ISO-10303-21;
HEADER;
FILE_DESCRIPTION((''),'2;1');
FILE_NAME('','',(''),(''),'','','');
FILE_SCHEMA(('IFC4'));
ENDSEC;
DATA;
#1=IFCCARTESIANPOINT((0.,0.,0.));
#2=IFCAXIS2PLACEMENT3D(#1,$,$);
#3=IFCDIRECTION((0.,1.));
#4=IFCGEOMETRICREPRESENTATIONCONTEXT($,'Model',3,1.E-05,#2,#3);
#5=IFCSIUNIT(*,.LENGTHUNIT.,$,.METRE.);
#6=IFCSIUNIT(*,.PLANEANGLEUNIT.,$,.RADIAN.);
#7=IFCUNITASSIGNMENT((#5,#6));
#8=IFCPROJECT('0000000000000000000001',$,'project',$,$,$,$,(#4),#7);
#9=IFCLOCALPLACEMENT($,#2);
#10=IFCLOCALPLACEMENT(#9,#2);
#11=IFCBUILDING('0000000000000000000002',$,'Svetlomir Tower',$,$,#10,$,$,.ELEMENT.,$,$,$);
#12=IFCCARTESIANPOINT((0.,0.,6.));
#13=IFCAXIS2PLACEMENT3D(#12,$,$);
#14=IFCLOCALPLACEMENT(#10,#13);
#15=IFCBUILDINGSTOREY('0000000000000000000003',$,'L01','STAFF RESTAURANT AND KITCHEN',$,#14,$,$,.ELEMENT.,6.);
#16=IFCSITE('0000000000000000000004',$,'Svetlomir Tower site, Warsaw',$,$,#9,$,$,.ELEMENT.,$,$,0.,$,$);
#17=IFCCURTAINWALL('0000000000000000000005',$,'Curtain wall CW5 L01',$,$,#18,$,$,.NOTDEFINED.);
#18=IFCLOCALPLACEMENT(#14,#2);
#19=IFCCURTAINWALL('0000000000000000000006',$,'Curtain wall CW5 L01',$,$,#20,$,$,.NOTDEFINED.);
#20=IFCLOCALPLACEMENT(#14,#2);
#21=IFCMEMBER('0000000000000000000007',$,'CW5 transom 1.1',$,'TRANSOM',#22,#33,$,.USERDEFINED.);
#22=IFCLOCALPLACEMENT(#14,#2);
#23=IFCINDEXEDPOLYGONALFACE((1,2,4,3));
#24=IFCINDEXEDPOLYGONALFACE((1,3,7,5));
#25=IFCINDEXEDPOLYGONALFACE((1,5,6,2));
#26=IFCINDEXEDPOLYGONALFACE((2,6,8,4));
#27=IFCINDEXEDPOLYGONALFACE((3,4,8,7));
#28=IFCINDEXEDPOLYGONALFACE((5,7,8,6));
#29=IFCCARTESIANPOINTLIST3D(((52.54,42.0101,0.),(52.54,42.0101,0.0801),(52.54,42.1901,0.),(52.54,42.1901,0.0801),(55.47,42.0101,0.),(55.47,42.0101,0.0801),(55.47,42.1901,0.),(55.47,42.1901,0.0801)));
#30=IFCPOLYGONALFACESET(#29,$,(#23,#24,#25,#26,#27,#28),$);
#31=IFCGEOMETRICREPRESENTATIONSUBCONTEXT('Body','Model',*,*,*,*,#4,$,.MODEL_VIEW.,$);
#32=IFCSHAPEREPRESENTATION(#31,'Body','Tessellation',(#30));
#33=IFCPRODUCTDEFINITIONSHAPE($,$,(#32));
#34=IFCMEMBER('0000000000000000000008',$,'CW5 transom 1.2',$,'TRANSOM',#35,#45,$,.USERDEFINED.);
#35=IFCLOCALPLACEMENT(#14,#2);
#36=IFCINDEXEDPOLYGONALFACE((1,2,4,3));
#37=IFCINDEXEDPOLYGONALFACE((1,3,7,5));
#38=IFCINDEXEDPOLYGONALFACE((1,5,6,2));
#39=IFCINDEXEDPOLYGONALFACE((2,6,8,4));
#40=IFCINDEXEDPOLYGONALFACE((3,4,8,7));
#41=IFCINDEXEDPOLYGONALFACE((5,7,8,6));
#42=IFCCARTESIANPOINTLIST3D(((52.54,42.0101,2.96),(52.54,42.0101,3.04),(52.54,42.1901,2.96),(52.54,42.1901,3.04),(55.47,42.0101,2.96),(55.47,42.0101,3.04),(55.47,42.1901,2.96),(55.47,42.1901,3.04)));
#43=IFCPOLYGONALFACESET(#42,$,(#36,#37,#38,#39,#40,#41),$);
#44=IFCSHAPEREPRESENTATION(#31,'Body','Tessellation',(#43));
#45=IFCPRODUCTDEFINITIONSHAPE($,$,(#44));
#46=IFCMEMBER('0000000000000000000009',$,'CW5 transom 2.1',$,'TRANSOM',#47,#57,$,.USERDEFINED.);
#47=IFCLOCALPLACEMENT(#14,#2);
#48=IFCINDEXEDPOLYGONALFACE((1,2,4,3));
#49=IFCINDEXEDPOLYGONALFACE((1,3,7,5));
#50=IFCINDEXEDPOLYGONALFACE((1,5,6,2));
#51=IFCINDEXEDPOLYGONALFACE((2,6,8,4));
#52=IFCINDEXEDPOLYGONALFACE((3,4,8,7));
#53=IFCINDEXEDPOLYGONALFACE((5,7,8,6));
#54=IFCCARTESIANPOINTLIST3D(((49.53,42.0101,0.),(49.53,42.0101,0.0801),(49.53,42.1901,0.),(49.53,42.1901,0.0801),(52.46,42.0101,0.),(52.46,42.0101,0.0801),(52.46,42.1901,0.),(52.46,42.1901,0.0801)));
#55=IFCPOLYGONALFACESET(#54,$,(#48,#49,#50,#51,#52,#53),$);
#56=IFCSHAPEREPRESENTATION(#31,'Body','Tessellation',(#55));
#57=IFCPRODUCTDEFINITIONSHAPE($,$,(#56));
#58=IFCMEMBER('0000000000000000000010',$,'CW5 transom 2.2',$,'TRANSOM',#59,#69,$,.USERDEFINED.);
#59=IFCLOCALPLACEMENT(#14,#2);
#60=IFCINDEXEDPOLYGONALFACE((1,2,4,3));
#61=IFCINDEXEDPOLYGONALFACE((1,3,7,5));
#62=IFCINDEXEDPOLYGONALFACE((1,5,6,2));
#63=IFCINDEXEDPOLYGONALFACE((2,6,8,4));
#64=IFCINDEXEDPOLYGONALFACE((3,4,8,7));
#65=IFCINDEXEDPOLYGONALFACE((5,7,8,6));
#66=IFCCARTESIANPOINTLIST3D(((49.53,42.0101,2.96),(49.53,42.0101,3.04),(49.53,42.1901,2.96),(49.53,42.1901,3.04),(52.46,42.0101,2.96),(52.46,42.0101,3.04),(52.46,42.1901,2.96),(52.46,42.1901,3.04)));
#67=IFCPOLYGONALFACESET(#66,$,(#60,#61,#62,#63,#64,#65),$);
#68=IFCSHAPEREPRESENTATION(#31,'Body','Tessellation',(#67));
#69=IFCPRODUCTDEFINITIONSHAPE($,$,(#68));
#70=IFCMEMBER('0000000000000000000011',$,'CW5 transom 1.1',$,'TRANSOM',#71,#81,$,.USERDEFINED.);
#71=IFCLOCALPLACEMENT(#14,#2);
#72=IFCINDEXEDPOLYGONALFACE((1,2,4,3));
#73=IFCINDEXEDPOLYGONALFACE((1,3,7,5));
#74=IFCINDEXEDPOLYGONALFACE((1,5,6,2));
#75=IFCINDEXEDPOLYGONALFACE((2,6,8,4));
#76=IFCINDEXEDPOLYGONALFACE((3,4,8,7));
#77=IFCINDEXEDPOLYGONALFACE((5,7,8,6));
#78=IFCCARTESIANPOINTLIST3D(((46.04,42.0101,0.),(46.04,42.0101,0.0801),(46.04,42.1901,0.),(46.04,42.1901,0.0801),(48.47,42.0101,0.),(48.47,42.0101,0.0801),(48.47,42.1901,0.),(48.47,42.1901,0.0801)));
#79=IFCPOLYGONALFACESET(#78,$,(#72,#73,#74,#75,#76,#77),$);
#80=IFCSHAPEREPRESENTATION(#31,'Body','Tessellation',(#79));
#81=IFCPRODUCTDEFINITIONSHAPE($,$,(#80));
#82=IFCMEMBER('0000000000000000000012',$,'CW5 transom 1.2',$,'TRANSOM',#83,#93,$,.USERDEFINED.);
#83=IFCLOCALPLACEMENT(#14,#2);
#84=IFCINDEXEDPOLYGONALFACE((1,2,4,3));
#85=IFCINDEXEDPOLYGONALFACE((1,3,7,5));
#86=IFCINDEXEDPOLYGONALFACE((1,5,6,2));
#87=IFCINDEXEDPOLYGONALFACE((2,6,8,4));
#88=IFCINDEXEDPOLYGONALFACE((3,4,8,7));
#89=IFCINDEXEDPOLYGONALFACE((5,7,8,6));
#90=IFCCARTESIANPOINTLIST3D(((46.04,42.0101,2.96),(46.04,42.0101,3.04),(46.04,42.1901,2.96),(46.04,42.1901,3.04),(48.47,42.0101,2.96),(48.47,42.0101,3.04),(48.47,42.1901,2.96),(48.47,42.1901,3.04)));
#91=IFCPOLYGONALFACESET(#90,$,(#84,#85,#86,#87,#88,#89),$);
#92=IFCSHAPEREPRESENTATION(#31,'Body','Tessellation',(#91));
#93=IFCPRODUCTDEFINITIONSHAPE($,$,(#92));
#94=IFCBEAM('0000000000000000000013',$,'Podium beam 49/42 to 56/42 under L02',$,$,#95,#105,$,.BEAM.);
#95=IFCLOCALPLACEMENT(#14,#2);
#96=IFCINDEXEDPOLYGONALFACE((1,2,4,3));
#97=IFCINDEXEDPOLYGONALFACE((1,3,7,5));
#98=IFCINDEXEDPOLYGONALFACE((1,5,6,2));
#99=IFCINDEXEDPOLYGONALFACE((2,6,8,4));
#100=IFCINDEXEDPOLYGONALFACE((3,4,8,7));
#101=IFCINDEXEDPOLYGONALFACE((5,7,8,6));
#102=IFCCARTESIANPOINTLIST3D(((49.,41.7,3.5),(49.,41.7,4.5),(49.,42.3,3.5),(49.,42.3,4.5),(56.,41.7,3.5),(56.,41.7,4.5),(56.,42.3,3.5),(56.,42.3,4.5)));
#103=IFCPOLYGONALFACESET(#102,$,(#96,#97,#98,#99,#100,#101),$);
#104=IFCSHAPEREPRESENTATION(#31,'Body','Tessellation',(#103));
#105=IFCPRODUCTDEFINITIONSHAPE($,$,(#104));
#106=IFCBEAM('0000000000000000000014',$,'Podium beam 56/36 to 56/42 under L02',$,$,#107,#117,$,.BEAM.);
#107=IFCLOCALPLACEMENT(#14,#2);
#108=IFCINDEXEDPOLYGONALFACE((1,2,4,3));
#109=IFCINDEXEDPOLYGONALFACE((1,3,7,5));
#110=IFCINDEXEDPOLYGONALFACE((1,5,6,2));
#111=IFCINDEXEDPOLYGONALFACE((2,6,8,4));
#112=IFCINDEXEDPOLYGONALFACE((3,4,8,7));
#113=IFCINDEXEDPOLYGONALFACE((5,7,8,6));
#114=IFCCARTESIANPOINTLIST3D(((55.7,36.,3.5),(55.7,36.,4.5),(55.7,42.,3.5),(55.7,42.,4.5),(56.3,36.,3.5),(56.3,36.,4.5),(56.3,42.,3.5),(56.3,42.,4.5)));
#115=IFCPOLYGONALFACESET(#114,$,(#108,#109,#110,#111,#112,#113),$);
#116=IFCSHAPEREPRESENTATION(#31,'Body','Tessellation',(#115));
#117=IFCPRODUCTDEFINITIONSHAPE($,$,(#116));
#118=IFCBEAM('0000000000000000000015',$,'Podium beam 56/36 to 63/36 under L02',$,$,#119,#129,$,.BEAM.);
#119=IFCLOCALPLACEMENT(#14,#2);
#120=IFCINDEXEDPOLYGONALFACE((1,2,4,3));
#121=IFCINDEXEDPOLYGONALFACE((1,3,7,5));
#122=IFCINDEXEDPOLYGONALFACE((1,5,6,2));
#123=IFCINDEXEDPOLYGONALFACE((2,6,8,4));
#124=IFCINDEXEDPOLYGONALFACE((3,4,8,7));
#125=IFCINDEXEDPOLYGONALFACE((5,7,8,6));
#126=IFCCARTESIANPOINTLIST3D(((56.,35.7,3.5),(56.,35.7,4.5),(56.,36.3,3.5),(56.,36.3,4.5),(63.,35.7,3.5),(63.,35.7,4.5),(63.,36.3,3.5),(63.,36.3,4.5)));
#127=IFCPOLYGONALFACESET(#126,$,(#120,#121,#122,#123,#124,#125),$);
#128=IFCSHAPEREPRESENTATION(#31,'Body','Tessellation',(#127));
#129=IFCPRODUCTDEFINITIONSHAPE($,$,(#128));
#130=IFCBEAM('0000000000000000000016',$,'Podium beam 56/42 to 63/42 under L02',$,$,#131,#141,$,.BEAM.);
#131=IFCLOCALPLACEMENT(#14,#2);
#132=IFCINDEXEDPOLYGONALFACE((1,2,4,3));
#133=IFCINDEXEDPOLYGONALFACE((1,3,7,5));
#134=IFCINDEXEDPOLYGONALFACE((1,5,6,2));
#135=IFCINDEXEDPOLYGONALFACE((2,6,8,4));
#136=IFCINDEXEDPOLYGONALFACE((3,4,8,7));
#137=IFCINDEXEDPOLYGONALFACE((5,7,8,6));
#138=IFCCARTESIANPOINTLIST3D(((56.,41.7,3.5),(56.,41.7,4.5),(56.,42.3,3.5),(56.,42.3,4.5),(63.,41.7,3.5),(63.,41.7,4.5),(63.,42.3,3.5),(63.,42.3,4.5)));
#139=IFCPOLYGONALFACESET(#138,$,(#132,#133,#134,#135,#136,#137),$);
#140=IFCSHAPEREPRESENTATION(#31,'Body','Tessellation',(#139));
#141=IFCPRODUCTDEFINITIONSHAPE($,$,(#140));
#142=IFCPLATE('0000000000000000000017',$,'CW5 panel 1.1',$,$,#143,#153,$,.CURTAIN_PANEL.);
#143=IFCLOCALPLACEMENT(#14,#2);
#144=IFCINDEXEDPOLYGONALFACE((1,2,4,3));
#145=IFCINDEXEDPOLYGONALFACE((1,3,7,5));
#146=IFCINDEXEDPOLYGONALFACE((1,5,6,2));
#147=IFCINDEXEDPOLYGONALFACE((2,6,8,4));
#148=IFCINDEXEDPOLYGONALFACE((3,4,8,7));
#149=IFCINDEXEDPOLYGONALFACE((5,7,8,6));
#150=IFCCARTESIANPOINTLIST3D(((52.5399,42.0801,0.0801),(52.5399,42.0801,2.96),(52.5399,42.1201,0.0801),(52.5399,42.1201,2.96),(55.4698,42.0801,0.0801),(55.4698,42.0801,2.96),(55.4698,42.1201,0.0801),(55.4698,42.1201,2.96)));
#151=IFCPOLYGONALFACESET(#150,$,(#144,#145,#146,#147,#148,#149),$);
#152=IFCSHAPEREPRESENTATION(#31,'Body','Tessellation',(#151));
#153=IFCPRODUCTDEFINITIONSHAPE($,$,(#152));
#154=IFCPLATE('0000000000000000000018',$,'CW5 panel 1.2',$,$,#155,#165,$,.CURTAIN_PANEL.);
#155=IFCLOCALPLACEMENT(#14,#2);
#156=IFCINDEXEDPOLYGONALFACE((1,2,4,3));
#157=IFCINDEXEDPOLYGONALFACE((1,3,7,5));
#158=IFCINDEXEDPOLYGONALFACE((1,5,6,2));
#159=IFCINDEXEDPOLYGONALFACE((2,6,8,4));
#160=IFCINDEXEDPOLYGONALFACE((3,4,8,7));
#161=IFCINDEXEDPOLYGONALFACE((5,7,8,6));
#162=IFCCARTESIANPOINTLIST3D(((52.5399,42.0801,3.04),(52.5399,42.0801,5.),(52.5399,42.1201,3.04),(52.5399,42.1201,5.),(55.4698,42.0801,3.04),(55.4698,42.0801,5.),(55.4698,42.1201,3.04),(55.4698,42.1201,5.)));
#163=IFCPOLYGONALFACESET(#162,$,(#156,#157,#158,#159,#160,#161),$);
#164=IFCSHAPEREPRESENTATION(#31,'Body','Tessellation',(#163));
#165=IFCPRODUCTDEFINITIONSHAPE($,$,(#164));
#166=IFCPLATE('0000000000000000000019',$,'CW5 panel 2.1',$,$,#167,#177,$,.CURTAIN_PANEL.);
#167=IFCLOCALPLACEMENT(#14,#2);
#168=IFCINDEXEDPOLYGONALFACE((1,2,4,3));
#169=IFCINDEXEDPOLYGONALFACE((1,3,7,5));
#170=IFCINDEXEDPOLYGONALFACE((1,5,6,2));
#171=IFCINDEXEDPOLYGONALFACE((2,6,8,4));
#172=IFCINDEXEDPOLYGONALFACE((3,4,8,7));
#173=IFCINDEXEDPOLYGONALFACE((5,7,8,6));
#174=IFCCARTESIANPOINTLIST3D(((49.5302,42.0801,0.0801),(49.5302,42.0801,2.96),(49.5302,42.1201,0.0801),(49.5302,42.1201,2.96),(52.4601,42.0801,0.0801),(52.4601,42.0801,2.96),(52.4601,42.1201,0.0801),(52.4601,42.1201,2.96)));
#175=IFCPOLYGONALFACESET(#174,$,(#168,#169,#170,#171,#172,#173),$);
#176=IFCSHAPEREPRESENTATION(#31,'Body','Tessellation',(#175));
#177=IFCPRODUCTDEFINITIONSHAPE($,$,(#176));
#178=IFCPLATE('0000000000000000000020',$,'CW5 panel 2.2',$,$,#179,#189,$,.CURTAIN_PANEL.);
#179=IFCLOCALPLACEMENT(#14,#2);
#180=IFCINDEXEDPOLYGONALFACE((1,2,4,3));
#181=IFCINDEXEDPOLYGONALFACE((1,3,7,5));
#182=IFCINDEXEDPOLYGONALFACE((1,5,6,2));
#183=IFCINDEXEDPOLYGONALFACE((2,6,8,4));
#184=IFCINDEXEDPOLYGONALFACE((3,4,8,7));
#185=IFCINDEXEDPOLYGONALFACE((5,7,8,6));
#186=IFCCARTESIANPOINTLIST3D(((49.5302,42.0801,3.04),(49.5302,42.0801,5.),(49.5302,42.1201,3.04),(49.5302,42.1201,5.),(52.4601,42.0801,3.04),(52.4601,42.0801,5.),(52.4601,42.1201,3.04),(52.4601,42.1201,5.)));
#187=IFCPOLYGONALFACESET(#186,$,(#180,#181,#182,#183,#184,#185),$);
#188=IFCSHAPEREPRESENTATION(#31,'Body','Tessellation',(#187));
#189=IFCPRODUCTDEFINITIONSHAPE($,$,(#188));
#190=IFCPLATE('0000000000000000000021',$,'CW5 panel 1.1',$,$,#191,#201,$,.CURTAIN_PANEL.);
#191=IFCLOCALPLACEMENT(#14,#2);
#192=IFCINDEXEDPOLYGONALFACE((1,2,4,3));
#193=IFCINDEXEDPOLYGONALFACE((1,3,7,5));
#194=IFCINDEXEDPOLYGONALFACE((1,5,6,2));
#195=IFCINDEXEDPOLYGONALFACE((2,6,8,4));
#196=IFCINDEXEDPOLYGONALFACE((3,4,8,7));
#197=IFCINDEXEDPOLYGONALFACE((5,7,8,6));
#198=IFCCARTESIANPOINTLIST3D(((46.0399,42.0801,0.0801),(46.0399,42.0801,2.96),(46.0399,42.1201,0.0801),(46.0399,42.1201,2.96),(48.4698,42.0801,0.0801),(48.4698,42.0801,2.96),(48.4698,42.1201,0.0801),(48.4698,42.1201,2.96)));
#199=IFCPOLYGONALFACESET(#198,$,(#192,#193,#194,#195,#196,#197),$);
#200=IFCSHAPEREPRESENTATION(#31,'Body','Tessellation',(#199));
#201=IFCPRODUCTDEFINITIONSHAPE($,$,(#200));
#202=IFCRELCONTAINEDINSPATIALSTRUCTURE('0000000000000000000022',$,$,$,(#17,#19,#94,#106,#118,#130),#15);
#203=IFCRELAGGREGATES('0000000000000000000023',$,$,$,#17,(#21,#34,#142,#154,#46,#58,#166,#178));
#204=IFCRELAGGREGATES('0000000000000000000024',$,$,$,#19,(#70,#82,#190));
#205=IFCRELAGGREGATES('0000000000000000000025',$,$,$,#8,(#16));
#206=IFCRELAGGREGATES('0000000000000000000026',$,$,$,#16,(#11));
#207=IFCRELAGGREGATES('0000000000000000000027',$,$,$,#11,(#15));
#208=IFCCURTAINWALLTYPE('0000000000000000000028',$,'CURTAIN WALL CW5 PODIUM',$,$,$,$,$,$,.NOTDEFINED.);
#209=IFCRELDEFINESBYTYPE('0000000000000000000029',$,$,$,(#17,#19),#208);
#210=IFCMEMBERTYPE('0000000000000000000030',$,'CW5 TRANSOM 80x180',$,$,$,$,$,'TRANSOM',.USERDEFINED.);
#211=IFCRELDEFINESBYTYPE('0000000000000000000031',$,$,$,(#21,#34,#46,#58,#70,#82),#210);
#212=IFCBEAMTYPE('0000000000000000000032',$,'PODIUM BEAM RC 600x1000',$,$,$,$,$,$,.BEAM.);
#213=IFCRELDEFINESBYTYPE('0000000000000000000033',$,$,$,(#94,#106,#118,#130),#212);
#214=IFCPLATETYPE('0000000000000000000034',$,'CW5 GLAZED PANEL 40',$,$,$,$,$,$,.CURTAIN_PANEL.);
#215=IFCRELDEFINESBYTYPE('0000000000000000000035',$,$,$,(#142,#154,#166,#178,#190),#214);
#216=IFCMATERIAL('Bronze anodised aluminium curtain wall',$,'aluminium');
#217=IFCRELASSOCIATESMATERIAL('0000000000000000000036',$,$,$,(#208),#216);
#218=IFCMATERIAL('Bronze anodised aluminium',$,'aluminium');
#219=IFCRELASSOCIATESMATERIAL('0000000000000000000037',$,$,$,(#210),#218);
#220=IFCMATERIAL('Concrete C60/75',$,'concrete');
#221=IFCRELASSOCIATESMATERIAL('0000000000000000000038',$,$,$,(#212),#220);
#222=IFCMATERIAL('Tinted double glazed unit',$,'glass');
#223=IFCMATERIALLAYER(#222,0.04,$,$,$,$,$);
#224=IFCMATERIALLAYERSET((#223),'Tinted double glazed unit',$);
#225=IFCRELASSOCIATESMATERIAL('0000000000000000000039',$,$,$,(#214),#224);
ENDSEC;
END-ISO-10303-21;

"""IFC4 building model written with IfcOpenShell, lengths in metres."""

from ifc_helpers import new_model, si_unit, direction, frame, origin, origin_2d, place, context, subcontext, project, spatial, rectangle, extrude, material, layer, layer_set, material_profile, profile_set, type_object, element, aggregate, save


model = new_model("IFC4")

# Units and contexts
model_context = context("Model", 3, precision=1e-05, world=origin(), true_north=direction((0.0, 1.0)))
body_context = subcontext(model_context, "Body", "Model", "MODEL_VIEW")
ifc_project = project(units=[si_unit("LENGTHUNIT", "METRE"), si_unit("PLANEANGLEUNIT", "RADIAN")], contexts=[model_context])

# Site, building, storey
site_placement = place(None, origin())
site = spatial("IfcSite", under=ifc_project, at=site_placement, Name="Svetlomir Tower site, Warsaw", CompositionType="ELEMENT", RefElevation=0.0)
building_placement = place(site_placement, origin())
building = spatial("IfcBuilding", under=site, at=building_placement, Name="Svetlomir Tower", CompositionType="ELEMENT")
storey_placement = place(building_placement, frame((0.0, 0.0, 6.0)))
storey = spatial("IfcBuildingStorey", under=building, at=storey_placement, Name="L01", Description="STAFF RESTAURANT AND KITCHEN", CompositionType="ELEMENT", Elevation=6.0)

# Curtain walls
ifc_material_1 = material(Name="Bronze anodised aluminium curtain wall", Category="aluminium")
curtain_wall_type = type_object("IfcCurtainWallType", Name="CURTAIN WALL CW5 PODIUM", PredefinedType="NOTDEFINED", material=ifc_material_1)
curtain_wall_1_placement = place(storey_placement, origin())
curtain_wall_1 = element("IfcCurtainWall", 1, at=curtain_wall_1_placement, inside=storey, type_object=curtain_wall_type, Name="Curtain wall CW5 L01", PredefinedType="NOTDEFINED")
curtain_wall_2_placement = place(storey_placement, origin())
curtain_wall_2 = element("IfcCurtainWall", 2, at=curtain_wall_2_placement, inside=storey, type_object=curtain_wall_type, Name="Curtain wall CW5 L01", PredefinedType="NOTDEFINED")

# Members
ifc_material_2 = material(Name="Bronze anodised aluminium", Category="aluminium")
ifc_material_profile_1 = material_profile(ifc_material_2, rectangle(XDim=0.1799, YDim=0.0801, at=origin_2d()), Name="AL 180x80")
ifc_profile_set_1 = profile_set([ifc_material_profile_1], Name="Bronze anodised aluminium 6063-T6")
member_type_1 = type_object("IfcMemberType", Name="CW5 TRANSOM 80x180", ElementType="TRANSOM", PredefinedType="USERDEFINED", material=ifc_profile_set_1)
member_1_placement = place(storey_placement, frame((55.47, 42.1001, 0.04), z_axis=(-1.0, 0.0, 0.0), x_axis=(0.0, -1.0, 0.0)))
member_1 = element("IfcMember", 3, at=member_1_placement, type_object=member_type_1, Name="CW5 transom 1.1", ObjectType="TRANSOM", PredefinedType="USERDEFINED", context=body_context, shape_type="SweptSolid", body=[
    extrude(rectangle(XDim=0.1799, YDim=0.0801, at=origin_2d()), origin(), (0.0, 0.0, 1.0), 2.9299),
])
member_2_placement = place(storey_placement, frame((55.47, 42.1001, 3.0), z_axis=(-1.0, 0.0, 0.0), x_axis=(0.0, -1.0, 0.0)))
member_2 = element("IfcMember", 4, at=member_2_placement, type_object=member_type_1, Name="CW5 transom 1.2", ObjectType="TRANSOM", PredefinedType="USERDEFINED", context=body_context, shape_type="SweptSolid", body=[
    extrude(rectangle(XDim=0.1799, YDim=0.0801, at=origin_2d()), origin(), (0.0, 0.0, 1.0), 2.9299),
])
member_3_placement = place(storey_placement, frame((52.46, 42.1001, 0.04), z_axis=(-1.0, 0.0, 0.0), x_axis=(0.0, -1.0, 0.0)))
member_3 = element("IfcMember", 5, at=member_3_placement, type_object=member_type_1, Name="CW5 transom 2.1", ObjectType="TRANSOM", PredefinedType="USERDEFINED", context=body_context, shape_type="SweptSolid", body=[
    extrude(rectangle(XDim=0.1799, YDim=0.0801, at=origin_2d()), origin(), (0.0, 0.0, 1.0), 2.9299),
])
member_4_placement = place(storey_placement, frame((52.46, 42.1001, 3.0), z_axis=(-1.0, 0.0, 0.0), x_axis=(0.0, -1.0, 0.0)))
member_4 = element("IfcMember", 6, at=member_4_placement, type_object=member_type_1, Name="CW5 transom 2.2", ObjectType="TRANSOM", PredefinedType="USERDEFINED", context=body_context, shape_type="SweptSolid", body=[
    extrude(rectangle(XDim=0.1799, YDim=0.0801, at=origin_2d()), origin(), (0.0, 0.0, 1.0), 2.9299),
])
member_5_placement = place(storey_placement, frame((48.47, 42.1001, 0.04), z_axis=(-1.0, 0.0, 0.0), x_axis=(0.0, -1.0, 0.0)))
member_5 = element("IfcMember", 7, at=member_5_placement, type_object=member_type_1, Name="CW5 transom 1.1", ObjectType="TRANSOM", PredefinedType="USERDEFINED", context=body_context, shape_type="SweptSolid", body=[
    extrude(rectangle(XDim=0.1799, YDim=0.0801, at=origin_2d()), origin(), (0.0, 0.0, 1.0), 2.4299),
])
member_6_placement = place(storey_placement, frame((48.47, 42.1001, 3.0), z_axis=(-1.0, 0.0, 0.0), x_axis=(0.0, -1.0, 0.0)))
member_6 = element("IfcMember", 8, at=member_6_placement, type_object=member_type_1, Name="CW5 transom 1.2", ObjectType="TRANSOM", PredefinedType="USERDEFINED", context=body_context, shape_type="SweptSolid", body=[
    extrude(rectangle(XDim=0.1799, YDim=0.0801, at=origin_2d()), origin(), (0.0, 0.0, 1.0), 2.4299),
])

# Beams
ifc_material_3 = material(Name="Concrete C60/75", Category="concrete")
ifc_material_profile_2 = material_profile(ifc_material_3, rectangle(XDim=0.6001, YDim=1.0, at=origin_2d()), Name="RC 600x1000")
ifc_profile_set_2 = profile_set([ifc_material_profile_2], Name="Concrete C60/75")
beam_type = type_object("IfcBeamType", Name="PODIUM BEAM RC 600x1000", PredefinedType="BEAM", material=ifc_profile_set_2)
beam_1_placement = place(storey_placement, frame((49.0, 42.0, 4.0), z_axis=(1.0, 0.0, 0.0), x_axis=(0.0, 1.0, 0.0)))
element("IfcBeam", 9, at=beam_1_placement, inside=storey, type_object=beam_type, Name="Podium beam 49/42 to 56/42 under L02", PredefinedType="BEAM", context=body_context, shape_type="SweptSolid", body=[
    extrude(rectangle(XDim=0.6001, YDim=1.0, at=origin_2d()), origin(), (0.0, 0.0, 1.0), 7.0),
])
beam_2_placement = place(storey_placement, frame((56.0, 36.0, 4.0), z_axis=(0.0, 1.0, 0.0), x_axis=(-1.0, 0.0, 0.0)))
element("IfcBeam", 10, at=beam_2_placement, inside=storey, type_object=beam_type, Name="Podium beam 56/36 to 56/42 under L02", PredefinedType="BEAM", context=body_context, shape_type="SweptSolid", body=[
    extrude(rectangle(XDim=0.6001, YDim=1.0, at=origin_2d()), origin(), (0.0, 0.0, 1.0), 6.0),
])
for number, where, z_axis, x_axis, name in (
    (11, (56.0, 36.0, 4.0), (1.0, 0.0, 0.0), (0.0, 1.0, 0.0), "Podium beam 56/36 to 63/36 under L02"),
    (12, (56.0, 42.0, 4.0), (1.0, 0.0, 0.0), (0.0, 1.0, 0.0), "Podium beam 56/42 to 63/42 under L02"),
):
    element("IfcBeam", number, at=place(storey_placement, frame(where, z_axis=z_axis, x_axis=x_axis)), inside=storey, type_object=beam_type, Name=name, PredefinedType="BEAM", context=body_context, shape_type="SweptSolid", body=[
        extrude(rectangle(XDim=0.6001, YDim=1.0, at=origin_2d()), origin(), (0.0, 0.0, 1.0), 7.0),
    ])

# Plates
ifc_material_4 = material(Name="Tinted double glazed unit", Category="glass")
ifc_layer = layer(ifc_material_4, 0.04)
ifc_layer_set = layer_set([ifc_layer], Name="Tinted double glazed unit")
plate_type = type_object("IfcPlateType", Name="CW5 GLAZED PANEL 40", PredefinedType="CURTAIN_PANEL", material=ifc_layer_set)
plate_1_placement = place(storey_placement, frame((54.0049, 42.1001, 0.0801), z_axis=(0.0, 0.0, 1.0), x_axis=(-1.0, 0.0, 0.0)))
plate_1 = element("IfcPlate", 13, at=plate_1_placement, type_object=plate_type, Name="CW5 panel 1.1", PredefinedType="CURTAIN_PANEL", context=body_context, shape_type="SweptSolid", body=[
    extrude(rectangle(XDim=2.9299, YDim=0.04, at=origin_2d()), origin(), (0.0, 0.0, 1.0), 2.8799),
])
plate_2_placement = place(storey_placement, frame((54.0049, 42.1001, 3.04), z_axis=(0.0, 0.0, 1.0), x_axis=(-1.0, 0.0, 0.0)))
plate_2 = element("IfcPlate", 14, at=plate_2_placement, type_object=plate_type, Name="CW5 panel 1.2", PredefinedType="CURTAIN_PANEL", context=body_context, shape_type="SweptSolid", body=[
    extrude(rectangle(XDim=2.9299, YDim=0.04, at=origin_2d()), origin(), (0.0, 0.0, 1.0), 1.96),
])
plate_3_placement = place(storey_placement, frame((50.9951, 42.1001, 0.0801), z_axis=(0.0, 0.0, 1.0), x_axis=(-1.0, 0.0, 0.0)))
plate_3 = element("IfcPlate", 15, at=plate_3_placement, type_object=plate_type, Name="CW5 panel 2.1", PredefinedType="CURTAIN_PANEL", context=body_context, shape_type="SweptSolid", body=[
    extrude(rectangle(XDim=2.9299, YDim=0.04, at=origin_2d()), origin(), (0.0, 0.0, 1.0), 2.8799),
])
plate_4_placement = place(storey_placement, frame((50.9951, 42.1001, 3.04), z_axis=(0.0, 0.0, 1.0), x_axis=(-1.0, 0.0, 0.0)))
plate_4 = element("IfcPlate", 16, at=plate_4_placement, type_object=plate_type, Name="CW5 panel 2.2", PredefinedType="CURTAIN_PANEL", context=body_context, shape_type="SweptSolid", body=[
    extrude(rectangle(XDim=2.9299, YDim=0.04, at=origin_2d()), origin(), (0.0, 0.0, 1.0), 1.96),
])
aggregate(curtain_wall_1, [member_1, member_2, plate_1, plate_2, member_3, member_4, plate_3, plate_4])
plate_5_placement = place(storey_placement, frame((47.2549, 42.1001, 0.0801), z_axis=(0.0, 0.0, 1.0), x_axis=(-1.0, 0.0, 0.0)))
plate_5 = element("IfcPlate", 17, at=plate_5_placement, type_object=plate_type, Name="CW5 panel 1.1", PredefinedType="CURTAIN_PANEL", context=body_context, shape_type="SweptSolid", body=[
    extrude(rectangle(XDim=2.4299, YDim=0.04, at=origin_2d()), origin(), (0.0, 0.0, 1.0), 2.8799),
])
aggregate(curtain_wall_2, [member_5, member_6, plate_5])

save(model, "model.ifc")
